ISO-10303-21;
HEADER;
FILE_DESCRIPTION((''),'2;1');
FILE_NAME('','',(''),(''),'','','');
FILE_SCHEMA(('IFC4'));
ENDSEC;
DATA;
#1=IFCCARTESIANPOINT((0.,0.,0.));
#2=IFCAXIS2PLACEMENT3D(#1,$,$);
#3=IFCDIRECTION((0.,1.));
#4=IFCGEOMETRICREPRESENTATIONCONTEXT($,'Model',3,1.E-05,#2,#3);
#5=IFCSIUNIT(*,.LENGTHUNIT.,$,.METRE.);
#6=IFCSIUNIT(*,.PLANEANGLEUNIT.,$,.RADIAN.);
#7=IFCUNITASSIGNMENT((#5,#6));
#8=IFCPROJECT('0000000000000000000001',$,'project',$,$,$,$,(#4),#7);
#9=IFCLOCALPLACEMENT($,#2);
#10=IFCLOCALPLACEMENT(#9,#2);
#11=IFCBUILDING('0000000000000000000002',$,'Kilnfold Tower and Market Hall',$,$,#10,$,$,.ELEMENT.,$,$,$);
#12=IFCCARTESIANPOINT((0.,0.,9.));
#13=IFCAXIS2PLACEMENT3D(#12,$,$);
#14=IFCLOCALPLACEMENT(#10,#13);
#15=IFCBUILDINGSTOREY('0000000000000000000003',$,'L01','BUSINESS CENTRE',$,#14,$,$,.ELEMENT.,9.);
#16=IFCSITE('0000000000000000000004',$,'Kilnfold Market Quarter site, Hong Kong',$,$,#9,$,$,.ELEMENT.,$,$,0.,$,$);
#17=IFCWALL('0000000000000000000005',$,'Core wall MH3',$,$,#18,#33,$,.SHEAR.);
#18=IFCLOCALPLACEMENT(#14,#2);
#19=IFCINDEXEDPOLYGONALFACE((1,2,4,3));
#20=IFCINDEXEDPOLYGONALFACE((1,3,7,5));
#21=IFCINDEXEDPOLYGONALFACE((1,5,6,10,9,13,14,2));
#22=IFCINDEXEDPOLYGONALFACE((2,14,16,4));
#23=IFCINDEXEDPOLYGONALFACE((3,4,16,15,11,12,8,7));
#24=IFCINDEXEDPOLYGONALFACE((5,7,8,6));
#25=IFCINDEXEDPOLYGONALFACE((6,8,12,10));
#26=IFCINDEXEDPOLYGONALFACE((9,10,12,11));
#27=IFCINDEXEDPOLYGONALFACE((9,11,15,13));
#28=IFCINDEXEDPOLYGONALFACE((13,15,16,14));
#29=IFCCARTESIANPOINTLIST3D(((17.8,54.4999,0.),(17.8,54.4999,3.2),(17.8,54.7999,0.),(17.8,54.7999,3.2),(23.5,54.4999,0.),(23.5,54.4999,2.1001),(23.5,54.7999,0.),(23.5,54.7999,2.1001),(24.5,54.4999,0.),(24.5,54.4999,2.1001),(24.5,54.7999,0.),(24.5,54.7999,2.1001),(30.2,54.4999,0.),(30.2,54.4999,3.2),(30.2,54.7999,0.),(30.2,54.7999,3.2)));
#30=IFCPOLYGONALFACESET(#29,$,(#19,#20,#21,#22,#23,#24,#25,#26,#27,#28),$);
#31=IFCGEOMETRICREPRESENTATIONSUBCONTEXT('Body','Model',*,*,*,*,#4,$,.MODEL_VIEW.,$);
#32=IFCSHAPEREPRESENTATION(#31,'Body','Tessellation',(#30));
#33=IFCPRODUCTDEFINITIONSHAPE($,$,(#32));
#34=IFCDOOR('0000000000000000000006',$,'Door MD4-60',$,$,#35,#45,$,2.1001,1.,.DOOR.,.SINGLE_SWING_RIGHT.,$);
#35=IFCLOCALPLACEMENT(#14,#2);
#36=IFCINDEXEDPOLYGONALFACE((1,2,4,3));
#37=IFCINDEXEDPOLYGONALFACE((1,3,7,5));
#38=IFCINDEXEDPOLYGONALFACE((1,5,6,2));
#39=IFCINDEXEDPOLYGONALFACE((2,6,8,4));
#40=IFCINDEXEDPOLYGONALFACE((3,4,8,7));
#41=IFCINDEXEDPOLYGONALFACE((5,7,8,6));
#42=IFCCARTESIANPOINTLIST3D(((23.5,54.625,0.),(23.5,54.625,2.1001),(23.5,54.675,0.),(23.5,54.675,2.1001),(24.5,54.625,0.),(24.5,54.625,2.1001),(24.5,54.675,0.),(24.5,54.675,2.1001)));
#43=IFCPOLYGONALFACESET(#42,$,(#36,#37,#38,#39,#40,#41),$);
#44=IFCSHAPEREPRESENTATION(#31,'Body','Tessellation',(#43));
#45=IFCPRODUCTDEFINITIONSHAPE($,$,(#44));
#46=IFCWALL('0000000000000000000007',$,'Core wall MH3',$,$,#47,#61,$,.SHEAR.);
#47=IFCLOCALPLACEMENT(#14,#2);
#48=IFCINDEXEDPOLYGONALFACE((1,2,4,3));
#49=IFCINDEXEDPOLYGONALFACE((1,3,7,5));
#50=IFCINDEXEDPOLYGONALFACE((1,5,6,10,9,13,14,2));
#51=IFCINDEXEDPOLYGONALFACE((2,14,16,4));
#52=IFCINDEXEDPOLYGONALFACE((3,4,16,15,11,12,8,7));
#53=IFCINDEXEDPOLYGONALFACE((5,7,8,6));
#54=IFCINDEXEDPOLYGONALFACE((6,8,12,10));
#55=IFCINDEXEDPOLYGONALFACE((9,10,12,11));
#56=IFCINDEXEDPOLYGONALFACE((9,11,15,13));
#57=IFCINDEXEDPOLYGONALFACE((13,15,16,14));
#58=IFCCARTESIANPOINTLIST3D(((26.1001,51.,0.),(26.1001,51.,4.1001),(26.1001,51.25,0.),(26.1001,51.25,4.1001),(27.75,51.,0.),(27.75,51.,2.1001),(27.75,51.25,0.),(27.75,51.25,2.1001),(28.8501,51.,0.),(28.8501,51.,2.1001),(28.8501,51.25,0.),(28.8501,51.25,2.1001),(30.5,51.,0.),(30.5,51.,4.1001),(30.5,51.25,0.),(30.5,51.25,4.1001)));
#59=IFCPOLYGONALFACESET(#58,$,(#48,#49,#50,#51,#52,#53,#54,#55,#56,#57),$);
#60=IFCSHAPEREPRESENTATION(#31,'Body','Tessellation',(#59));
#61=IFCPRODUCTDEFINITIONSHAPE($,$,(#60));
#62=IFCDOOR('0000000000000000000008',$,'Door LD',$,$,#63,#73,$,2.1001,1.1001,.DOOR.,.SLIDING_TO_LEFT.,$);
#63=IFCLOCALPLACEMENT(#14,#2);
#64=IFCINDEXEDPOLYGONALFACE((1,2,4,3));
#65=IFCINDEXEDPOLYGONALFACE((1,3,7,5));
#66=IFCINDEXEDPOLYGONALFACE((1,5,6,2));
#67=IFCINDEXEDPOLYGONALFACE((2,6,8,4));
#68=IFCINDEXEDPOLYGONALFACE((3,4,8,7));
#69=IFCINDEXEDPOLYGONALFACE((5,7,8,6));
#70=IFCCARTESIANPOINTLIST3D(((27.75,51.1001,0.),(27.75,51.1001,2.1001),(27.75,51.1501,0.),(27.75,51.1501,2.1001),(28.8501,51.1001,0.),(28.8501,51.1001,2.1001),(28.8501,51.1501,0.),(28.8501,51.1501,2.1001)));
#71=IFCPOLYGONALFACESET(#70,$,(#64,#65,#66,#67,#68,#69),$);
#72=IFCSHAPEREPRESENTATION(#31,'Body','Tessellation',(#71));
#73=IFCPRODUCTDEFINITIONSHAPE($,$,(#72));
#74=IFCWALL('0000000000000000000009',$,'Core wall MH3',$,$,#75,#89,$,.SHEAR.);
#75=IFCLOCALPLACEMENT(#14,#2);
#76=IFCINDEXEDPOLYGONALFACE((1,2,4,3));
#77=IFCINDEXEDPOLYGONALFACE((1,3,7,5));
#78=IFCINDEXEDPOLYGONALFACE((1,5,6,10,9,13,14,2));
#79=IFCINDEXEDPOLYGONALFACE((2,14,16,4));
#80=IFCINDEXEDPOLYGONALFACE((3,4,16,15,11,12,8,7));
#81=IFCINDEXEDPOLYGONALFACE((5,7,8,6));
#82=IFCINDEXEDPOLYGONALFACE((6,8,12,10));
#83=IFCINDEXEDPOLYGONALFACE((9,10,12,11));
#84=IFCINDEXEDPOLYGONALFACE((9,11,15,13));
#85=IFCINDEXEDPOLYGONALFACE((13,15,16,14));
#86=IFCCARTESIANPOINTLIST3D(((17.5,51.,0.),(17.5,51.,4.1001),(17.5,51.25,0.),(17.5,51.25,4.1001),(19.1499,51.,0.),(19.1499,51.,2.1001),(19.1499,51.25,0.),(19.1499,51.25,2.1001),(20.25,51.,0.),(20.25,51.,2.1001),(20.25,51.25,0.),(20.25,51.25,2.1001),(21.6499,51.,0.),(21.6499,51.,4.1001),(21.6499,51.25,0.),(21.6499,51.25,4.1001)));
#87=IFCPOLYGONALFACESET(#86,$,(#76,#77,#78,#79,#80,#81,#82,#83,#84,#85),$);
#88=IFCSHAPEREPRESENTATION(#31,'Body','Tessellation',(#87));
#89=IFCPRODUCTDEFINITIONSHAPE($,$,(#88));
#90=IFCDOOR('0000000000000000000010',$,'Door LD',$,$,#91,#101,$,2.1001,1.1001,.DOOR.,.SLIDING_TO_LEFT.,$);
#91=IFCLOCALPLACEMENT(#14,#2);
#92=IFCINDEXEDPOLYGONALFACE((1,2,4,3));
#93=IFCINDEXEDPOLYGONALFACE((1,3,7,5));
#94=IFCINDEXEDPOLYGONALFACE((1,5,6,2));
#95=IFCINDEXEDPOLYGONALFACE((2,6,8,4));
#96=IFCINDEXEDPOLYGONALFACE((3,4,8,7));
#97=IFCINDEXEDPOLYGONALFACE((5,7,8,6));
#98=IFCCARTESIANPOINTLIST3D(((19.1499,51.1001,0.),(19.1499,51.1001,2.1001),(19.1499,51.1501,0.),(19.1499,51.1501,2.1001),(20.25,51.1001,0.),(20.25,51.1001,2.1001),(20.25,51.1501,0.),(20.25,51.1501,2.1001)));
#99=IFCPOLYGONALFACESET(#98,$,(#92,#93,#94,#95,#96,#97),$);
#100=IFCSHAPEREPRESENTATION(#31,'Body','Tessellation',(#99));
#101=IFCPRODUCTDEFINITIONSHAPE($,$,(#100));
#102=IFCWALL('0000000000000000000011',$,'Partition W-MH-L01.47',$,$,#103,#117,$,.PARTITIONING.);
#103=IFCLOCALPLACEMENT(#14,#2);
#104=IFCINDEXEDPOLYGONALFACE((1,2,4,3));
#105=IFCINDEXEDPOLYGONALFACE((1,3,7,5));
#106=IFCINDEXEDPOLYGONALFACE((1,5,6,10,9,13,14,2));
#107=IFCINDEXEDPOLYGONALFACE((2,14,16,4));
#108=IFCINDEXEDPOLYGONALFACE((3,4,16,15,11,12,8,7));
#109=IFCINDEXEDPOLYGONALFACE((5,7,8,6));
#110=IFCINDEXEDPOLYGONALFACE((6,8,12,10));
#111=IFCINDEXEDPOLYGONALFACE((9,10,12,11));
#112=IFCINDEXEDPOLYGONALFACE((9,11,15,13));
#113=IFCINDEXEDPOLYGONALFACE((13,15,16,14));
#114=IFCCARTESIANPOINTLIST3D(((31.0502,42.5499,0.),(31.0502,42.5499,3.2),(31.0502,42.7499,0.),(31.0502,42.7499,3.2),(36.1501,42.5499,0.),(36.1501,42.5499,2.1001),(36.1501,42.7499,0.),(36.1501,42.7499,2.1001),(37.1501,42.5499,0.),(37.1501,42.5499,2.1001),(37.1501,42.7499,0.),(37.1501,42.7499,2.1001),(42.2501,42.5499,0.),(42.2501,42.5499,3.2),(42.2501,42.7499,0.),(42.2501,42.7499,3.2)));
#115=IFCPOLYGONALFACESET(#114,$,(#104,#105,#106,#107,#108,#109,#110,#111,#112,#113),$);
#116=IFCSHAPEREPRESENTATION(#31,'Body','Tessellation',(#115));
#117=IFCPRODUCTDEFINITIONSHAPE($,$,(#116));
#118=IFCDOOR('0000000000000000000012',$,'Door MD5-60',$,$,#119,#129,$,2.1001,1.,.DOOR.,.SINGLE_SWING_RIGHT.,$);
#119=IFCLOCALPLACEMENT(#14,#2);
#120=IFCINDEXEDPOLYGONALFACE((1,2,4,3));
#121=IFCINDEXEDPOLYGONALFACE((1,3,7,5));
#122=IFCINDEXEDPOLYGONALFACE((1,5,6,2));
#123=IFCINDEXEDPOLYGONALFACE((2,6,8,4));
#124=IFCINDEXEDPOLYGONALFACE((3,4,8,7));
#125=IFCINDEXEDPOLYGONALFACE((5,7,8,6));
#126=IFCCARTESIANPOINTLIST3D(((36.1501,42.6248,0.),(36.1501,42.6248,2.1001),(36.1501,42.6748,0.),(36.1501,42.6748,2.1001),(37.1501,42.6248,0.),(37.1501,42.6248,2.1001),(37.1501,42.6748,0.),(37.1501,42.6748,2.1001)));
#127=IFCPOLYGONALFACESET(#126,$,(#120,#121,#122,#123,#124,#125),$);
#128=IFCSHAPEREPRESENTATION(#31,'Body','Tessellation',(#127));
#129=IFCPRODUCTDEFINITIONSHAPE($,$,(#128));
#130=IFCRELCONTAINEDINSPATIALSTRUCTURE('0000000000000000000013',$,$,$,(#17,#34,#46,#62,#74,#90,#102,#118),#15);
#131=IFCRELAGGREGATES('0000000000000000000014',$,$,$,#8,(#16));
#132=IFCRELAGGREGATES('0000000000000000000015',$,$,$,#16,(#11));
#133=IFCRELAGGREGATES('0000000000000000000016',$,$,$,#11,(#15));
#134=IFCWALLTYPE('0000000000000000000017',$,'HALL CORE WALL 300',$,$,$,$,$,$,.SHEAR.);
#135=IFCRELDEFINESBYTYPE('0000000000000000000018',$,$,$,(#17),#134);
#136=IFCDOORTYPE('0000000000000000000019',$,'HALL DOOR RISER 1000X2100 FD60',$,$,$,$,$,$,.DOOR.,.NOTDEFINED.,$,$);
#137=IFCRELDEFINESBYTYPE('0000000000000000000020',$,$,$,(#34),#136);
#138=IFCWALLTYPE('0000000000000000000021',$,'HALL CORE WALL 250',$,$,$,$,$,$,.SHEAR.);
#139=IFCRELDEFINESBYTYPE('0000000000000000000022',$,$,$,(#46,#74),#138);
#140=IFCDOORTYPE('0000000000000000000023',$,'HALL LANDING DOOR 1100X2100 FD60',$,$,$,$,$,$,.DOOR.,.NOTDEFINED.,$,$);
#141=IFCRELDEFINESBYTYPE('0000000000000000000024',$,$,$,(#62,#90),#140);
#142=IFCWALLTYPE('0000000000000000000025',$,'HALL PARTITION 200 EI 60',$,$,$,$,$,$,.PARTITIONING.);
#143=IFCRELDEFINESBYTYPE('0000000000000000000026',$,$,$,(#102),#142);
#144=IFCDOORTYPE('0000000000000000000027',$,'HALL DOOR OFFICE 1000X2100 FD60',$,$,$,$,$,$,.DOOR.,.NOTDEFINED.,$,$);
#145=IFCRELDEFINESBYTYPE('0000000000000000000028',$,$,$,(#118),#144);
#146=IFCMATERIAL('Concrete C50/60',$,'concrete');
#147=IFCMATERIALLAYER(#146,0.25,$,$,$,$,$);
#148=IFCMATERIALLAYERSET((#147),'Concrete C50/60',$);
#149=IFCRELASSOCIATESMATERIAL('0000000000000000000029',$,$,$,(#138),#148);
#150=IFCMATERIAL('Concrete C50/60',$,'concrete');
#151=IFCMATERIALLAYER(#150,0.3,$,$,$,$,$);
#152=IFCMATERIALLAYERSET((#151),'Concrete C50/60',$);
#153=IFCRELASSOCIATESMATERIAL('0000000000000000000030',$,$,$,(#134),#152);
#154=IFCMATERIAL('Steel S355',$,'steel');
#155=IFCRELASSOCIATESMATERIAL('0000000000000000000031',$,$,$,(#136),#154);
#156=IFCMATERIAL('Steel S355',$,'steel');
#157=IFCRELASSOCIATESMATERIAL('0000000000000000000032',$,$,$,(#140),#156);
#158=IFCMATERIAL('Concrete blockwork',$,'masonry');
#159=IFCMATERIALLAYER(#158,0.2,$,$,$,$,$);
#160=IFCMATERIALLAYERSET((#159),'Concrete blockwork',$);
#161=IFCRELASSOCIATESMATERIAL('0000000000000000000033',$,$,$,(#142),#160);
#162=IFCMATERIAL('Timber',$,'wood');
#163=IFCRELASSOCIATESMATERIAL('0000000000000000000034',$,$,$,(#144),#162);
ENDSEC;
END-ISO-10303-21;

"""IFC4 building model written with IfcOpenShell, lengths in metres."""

from ifc_helpers import new_model, si_unit, direction, frame, frame_2d, origin, place, context, subcontext, project, spatial, rectangle, extrude, source, transform, mapped, material, layer, layer_set, type_object, element, fill, save


model = new_model("IFC4")

# Units and contexts
model_context = context("Model", 3, precision=1e-05, world=origin(), true_north=direction((0.0, 1.0)))
body_context = subcontext(model_context, "Body", "Model", "MODEL_VIEW")
ifc_project = project(units=[si_unit("LENGTHUNIT", "METRE"), si_unit("PLANEANGLEUNIT", "RADIAN")], contexts=[model_context])

# Site, building, storey
site_placement = place(None, origin())
site = spatial("IfcSite", under=ifc_project, at=site_placement, Name="Kilnfold Market Quarter site, Hong Kong", CompositionType="ELEMENT", RefElevation=0.0)
building_placement = place(site_placement, origin())
building = spatial("IfcBuilding", under=site, at=building_placement, Name="Kilnfold Tower and Market Hall", CompositionType="ELEMENT")
storey_placement = place(building_placement, frame((0.0, 0.0, 9.0)))
storey = spatial("IfcBuildingStorey", under=building, at=storey_placement, Name="L01", Description="BUSINESS CENTRE", CompositionType="ELEMENT", Elevation=9.0)

# Shared definitions
ifc_material_1 = material(Name="Concrete C50/60", Category="concrete")
ifc_layer_1 = layer(ifc_material_1, 0.25)
ifc_layer_set_1 = layer_set([ifc_layer_1], Name="Concrete C50/60")
wall_type_1 = type_object("IfcWallType", Name="HALL CORE WALL 250", PredefinedType="SHEAR", material=ifc_layer_set_1)

# Shared definitions
ifc_material_2 = material(Name="Concrete C50/60", Category="concrete")
ifc_layer_2 = layer(ifc_material_2, 0.3)
ifc_layer_set_2 = layer_set([ifc_layer_2], Name="Concrete C50/60")
wall_type_2 = type_object("IfcWallType", Name="HALL CORE WALL 300", PredefinedType="SHEAR", material=ifc_layer_set_2)

# Walls, openings, doors
shared_shape_1 = source(origin(), body_context, "Body", "SweptSolid", [
    extrude(rectangle(XDim=12.3999, YDim=0.3, at=frame_2d((6.2, 0.0))), origin(), (0.0, 0.0, 1.0), 3.2),
])
wall_1_placement = place(storey_placement, frame((30.2, 54.6499, 0.0), z_axis=(0.0, 0.0, 1.0), x_axis=(-1.0, 0.0, 0.0)))
wall_1 = element("IfcWall", 1, at=wall_1_placement, inside=storey, type_object=wall_type_2, Name="Core wall MH3", PredefinedType="SHEAR", context=body_context, shape_type="MappedRepresentation", body=[
    mapped(shared_shape_1, transform((0.0, 0.0, 0.0))),
])
opening_1_placement = place(wall_1_placement, frame((5.7, 0.0, 0.0)))
opening_1 = element("IfcOpeningElement", 2, at=opening_1_placement, cuts=wall_1, PredefinedType="OPENING", context=body_context, shape_type="SweptSolid", body=[
    extrude(rectangle(XDim=1.0, YDim=2.1001, at=frame_2d((0.5, 1.05))), frame((0.0, 0.1602, 0.0), z_axis=(0.0, -1.0, 0.0), x_axis=(1.0, 0.0, 0.0)), (0.0, 0.0, 1.0), 0.3201),
])
ifc_material_3 = material(Name="Steel S355", Category="steel")
door_type_1 = type_object("IfcDoorType", Name="HALL DOOR RISER 1000X2100 FD60", OperationType="NOTDEFINED", PredefinedType="DOOR", material=ifc_material_3)
door_1_placement = place(opening_1_placement, origin())
door_1 = element("IfcDoor", 3, at=door_1_placement, inside=storey, type_object=door_type_1, Name="Door MD4-60", OperationType="SINGLE_SWING_RIGHT", OverallHeight=2.1001, OverallWidth=1.0, PredefinedType="DOOR", context=body_context, shape_type="SweptSolid", body=[
    extrude(rectangle(XDim=1.0, YDim=2.1001, at=frame_2d((0.5, 1.05))), frame((0.0, 0.0249, 0.0), z_axis=(0.0, -1.0, 0.0), x_axis=(1.0, 0.0, 0.0)), (0.0, 0.0, 1.0), 0.05),
])
fill(opening_1, door_1)
shared_shape_2 = source(origin(), body_context, "Body", "SweptSolid", [
    extrude(rectangle(XDim=4.3999, YDim=0.25, at=frame_2d((2.2, 0.0))), origin(), (0.0, 0.0, 1.0), 4.1001),
])
wall_2_placement = place(storey_placement, frame((30.5, 51.125, 0.0), z_axis=(0.0, 0.0, 1.0), x_axis=(-1.0, 0.0, 0.0)))
wall_2 = element("IfcWall", 4, at=wall_2_placement, inside=storey, type_object=wall_type_1, Name="Core wall MH3", PredefinedType="SHEAR", context=body_context, shape_type="MappedRepresentation", body=[
    mapped(shared_shape_2, transform((0.0, 0.0, 0.0))),
])
opening_2_placement = place(wall_2_placement, frame((1.6499, 0.0, 0.0)))
opening_2 = element("IfcOpeningElement", 5, at=opening_2_placement, cuts=wall_2, PredefinedType="OPENING", context=body_context, shape_type="SweptSolid", body=[
    extrude(rectangle(XDim=1.1001, YDim=2.1001, at=frame_2d((0.55, 1.05))), frame((0.0, 0.135, 0.0), z_axis=(0.0, -1.0, 0.0), x_axis=(1.0, 0.0, 0.0)), (0.0, 0.0, 1.0), 0.27),
])
ifc_material_4 = material(Name="Steel S355", Category="steel")
door_type_2 = type_object("IfcDoorType", Name="HALL LANDING DOOR 1100X2100 FD60", OperationType="NOTDEFINED", PredefinedType="DOOR", material=ifc_material_4)
door_2_placement = place(opening_2_placement, origin())
door_2 = element("IfcDoor", 6, at=door_2_placement, inside=storey, type_object=door_type_2, Name="Door LD", OperationType="SLIDING_TO_LEFT", OverallHeight=2.1001, OverallWidth=1.1001, PredefinedType="DOOR", context=body_context, shape_type="SweptSolid", body=[
    extrude(rectangle(XDim=1.1001, YDim=2.1001, at=frame_2d((0.55, 1.05))), frame((0.0, 0.0249, 0.0), z_axis=(0.0, -1.0, 0.0), x_axis=(1.0, 0.0, 0.0)), (0.0, 0.0, 1.0), 0.05),
])
fill(opening_2, door_2)
shared_shape_3 = source(origin(), body_context, "Body", "SweptSolid", [
    extrude(rectangle(XDim=4.1499, YDim=0.25, at=frame_2d((2.075, 0.0))), origin(), (0.0, 0.0, 1.0), 4.1001),
])
wall_3_placement = place(storey_placement, frame((21.6499, 51.125, 0.0), z_axis=(0.0, 0.0, 1.0), x_axis=(-1.0, 0.0, 0.0)))
wall_3 = element("IfcWall", 7, at=wall_3_placement, inside=storey, type_object=wall_type_1, Name="Core wall MH3", PredefinedType="SHEAR", context=body_context, shape_type="MappedRepresentation", body=[
    mapped(shared_shape_3, transform((0.0, 0.0, 0.0))),
])
opening_3_placement = place(wall_3_placement, frame((1.3999, 0.0, 0.0)))
opening_3 = element("IfcOpeningElement", 8, at=opening_3_placement, cuts=wall_3, PredefinedType="OPENING", context=body_context, shape_type="SweptSolid", body=[
    extrude(rectangle(XDim=1.1001, YDim=2.1001, at=frame_2d((0.55, 1.05))), frame((0.0, 0.135, 0.0), z_axis=(0.0, -1.0, 0.0), x_axis=(1.0, 0.0, 0.0)), (0.0, 0.0, 1.0), 0.27),
])
door_3_placement = place(opening_3_placement, origin())
door_3 = element("IfcDoor", 9, at=door_3_placement, inside=storey, type_object=door_type_2, Name="Door LD", OperationType="SLIDING_TO_LEFT", OverallHeight=2.1001, OverallWidth=1.1001, PredefinedType="DOOR", context=body_context, shape_type="SweptSolid", body=[
    extrude(rectangle(XDim=1.1001, YDim=2.1001, at=frame_2d((0.55, 1.05))), frame((0.0, 0.0249, 0.0), z_axis=(0.0, -1.0, 0.0), x_axis=(1.0, 0.0, 0.0)), (0.0, 0.0, 1.0), 0.05),
])
fill(opening_3, door_3)
ifc_material_5 = material(Name="Concrete blockwork", Category="masonry")
ifc_layer_3 = layer(ifc_material_5, 0.2)
ifc_layer_set_3 = layer_set([ifc_layer_3], Name="Concrete blockwork")
wall_type_3 = type_object("IfcWallType", Name="HALL PARTITION 200 EI 60", PredefinedType="PARTITIONING", material=ifc_layer_set_3)
shared_shape_4 = source(origin(), body_context, "Body", "SweptSolid", [
    extrude(rectangle(XDim=11.2, YDim=0.2, at=frame_2d((5.6001, 0.0))), origin(), (0.0, 0.0, 1.0), 3.2),
])
wall_4_placement = place(storey_placement, frame((31.05, 42.6499, 0.0), z_axis=(0.0, 0.0, 1.0), x_axis=(1.0, 0.0, 0.0)))
wall_4 = element("IfcWall", 10, at=wall_4_placement, inside=storey, type_object=wall_type_3, Name="Partition W-MH-L01.47", PredefinedType="PARTITIONING", context=body_context, shape_type="MappedRepresentation", body=[
    mapped(shared_shape_4, transform((0.0, 0.0, 0.0))),
])
opening_4_placement = place(wall_4_placement, frame((5.1001, 0.0, 0.0)))
opening_4 = element("IfcOpeningElement", 11, at=opening_4_placement, cuts=wall_4, PredefinedType="OPENING", context=body_context, shape_type="SweptSolid", body=[
    extrude(rectangle(XDim=1.0, YDim=2.1001, at=frame_2d((0.5, 1.05))), frame((0.0, 0.1099, 0.0), z_axis=(0.0, -1.0, 0.0), x_axis=(1.0, 0.0, 0.0)), (0.0, 0.0, 1.0), 0.22),
])
ifc_material_6 = material(Name="Timber", Category="wood")
door_type_3 = type_object("IfcDoorType", Name="HALL DOOR OFFICE 1000X2100 FD60", OperationType="NOTDEFINED", PredefinedType="DOOR", material=ifc_material_6)
door_4_placement = place(opening_4_placement, origin())
door_4 = element("IfcDoor", 12, at=door_4_placement, inside=storey, type_object=door_type_3, Name="Door MD5-60", OperationType="SINGLE_SWING_RIGHT", OverallHeight=2.1001, OverallWidth=1.0, PredefinedType="DOOR", context=body_context, shape_type="SweptSolid", body=[
    extrude(rectangle(XDim=1.0, YDim=2.1001, at=frame_2d((0.5, 1.05))), frame((0.0, 0.0249, 0.0), z_axis=(0.0, -1.0, 0.0), x_axis=(1.0, 0.0, 0.0)), (0.0, 0.0, 1.0), 0.05),
])
fill(opening_4, door_4)

save(model, "model.ifc")
